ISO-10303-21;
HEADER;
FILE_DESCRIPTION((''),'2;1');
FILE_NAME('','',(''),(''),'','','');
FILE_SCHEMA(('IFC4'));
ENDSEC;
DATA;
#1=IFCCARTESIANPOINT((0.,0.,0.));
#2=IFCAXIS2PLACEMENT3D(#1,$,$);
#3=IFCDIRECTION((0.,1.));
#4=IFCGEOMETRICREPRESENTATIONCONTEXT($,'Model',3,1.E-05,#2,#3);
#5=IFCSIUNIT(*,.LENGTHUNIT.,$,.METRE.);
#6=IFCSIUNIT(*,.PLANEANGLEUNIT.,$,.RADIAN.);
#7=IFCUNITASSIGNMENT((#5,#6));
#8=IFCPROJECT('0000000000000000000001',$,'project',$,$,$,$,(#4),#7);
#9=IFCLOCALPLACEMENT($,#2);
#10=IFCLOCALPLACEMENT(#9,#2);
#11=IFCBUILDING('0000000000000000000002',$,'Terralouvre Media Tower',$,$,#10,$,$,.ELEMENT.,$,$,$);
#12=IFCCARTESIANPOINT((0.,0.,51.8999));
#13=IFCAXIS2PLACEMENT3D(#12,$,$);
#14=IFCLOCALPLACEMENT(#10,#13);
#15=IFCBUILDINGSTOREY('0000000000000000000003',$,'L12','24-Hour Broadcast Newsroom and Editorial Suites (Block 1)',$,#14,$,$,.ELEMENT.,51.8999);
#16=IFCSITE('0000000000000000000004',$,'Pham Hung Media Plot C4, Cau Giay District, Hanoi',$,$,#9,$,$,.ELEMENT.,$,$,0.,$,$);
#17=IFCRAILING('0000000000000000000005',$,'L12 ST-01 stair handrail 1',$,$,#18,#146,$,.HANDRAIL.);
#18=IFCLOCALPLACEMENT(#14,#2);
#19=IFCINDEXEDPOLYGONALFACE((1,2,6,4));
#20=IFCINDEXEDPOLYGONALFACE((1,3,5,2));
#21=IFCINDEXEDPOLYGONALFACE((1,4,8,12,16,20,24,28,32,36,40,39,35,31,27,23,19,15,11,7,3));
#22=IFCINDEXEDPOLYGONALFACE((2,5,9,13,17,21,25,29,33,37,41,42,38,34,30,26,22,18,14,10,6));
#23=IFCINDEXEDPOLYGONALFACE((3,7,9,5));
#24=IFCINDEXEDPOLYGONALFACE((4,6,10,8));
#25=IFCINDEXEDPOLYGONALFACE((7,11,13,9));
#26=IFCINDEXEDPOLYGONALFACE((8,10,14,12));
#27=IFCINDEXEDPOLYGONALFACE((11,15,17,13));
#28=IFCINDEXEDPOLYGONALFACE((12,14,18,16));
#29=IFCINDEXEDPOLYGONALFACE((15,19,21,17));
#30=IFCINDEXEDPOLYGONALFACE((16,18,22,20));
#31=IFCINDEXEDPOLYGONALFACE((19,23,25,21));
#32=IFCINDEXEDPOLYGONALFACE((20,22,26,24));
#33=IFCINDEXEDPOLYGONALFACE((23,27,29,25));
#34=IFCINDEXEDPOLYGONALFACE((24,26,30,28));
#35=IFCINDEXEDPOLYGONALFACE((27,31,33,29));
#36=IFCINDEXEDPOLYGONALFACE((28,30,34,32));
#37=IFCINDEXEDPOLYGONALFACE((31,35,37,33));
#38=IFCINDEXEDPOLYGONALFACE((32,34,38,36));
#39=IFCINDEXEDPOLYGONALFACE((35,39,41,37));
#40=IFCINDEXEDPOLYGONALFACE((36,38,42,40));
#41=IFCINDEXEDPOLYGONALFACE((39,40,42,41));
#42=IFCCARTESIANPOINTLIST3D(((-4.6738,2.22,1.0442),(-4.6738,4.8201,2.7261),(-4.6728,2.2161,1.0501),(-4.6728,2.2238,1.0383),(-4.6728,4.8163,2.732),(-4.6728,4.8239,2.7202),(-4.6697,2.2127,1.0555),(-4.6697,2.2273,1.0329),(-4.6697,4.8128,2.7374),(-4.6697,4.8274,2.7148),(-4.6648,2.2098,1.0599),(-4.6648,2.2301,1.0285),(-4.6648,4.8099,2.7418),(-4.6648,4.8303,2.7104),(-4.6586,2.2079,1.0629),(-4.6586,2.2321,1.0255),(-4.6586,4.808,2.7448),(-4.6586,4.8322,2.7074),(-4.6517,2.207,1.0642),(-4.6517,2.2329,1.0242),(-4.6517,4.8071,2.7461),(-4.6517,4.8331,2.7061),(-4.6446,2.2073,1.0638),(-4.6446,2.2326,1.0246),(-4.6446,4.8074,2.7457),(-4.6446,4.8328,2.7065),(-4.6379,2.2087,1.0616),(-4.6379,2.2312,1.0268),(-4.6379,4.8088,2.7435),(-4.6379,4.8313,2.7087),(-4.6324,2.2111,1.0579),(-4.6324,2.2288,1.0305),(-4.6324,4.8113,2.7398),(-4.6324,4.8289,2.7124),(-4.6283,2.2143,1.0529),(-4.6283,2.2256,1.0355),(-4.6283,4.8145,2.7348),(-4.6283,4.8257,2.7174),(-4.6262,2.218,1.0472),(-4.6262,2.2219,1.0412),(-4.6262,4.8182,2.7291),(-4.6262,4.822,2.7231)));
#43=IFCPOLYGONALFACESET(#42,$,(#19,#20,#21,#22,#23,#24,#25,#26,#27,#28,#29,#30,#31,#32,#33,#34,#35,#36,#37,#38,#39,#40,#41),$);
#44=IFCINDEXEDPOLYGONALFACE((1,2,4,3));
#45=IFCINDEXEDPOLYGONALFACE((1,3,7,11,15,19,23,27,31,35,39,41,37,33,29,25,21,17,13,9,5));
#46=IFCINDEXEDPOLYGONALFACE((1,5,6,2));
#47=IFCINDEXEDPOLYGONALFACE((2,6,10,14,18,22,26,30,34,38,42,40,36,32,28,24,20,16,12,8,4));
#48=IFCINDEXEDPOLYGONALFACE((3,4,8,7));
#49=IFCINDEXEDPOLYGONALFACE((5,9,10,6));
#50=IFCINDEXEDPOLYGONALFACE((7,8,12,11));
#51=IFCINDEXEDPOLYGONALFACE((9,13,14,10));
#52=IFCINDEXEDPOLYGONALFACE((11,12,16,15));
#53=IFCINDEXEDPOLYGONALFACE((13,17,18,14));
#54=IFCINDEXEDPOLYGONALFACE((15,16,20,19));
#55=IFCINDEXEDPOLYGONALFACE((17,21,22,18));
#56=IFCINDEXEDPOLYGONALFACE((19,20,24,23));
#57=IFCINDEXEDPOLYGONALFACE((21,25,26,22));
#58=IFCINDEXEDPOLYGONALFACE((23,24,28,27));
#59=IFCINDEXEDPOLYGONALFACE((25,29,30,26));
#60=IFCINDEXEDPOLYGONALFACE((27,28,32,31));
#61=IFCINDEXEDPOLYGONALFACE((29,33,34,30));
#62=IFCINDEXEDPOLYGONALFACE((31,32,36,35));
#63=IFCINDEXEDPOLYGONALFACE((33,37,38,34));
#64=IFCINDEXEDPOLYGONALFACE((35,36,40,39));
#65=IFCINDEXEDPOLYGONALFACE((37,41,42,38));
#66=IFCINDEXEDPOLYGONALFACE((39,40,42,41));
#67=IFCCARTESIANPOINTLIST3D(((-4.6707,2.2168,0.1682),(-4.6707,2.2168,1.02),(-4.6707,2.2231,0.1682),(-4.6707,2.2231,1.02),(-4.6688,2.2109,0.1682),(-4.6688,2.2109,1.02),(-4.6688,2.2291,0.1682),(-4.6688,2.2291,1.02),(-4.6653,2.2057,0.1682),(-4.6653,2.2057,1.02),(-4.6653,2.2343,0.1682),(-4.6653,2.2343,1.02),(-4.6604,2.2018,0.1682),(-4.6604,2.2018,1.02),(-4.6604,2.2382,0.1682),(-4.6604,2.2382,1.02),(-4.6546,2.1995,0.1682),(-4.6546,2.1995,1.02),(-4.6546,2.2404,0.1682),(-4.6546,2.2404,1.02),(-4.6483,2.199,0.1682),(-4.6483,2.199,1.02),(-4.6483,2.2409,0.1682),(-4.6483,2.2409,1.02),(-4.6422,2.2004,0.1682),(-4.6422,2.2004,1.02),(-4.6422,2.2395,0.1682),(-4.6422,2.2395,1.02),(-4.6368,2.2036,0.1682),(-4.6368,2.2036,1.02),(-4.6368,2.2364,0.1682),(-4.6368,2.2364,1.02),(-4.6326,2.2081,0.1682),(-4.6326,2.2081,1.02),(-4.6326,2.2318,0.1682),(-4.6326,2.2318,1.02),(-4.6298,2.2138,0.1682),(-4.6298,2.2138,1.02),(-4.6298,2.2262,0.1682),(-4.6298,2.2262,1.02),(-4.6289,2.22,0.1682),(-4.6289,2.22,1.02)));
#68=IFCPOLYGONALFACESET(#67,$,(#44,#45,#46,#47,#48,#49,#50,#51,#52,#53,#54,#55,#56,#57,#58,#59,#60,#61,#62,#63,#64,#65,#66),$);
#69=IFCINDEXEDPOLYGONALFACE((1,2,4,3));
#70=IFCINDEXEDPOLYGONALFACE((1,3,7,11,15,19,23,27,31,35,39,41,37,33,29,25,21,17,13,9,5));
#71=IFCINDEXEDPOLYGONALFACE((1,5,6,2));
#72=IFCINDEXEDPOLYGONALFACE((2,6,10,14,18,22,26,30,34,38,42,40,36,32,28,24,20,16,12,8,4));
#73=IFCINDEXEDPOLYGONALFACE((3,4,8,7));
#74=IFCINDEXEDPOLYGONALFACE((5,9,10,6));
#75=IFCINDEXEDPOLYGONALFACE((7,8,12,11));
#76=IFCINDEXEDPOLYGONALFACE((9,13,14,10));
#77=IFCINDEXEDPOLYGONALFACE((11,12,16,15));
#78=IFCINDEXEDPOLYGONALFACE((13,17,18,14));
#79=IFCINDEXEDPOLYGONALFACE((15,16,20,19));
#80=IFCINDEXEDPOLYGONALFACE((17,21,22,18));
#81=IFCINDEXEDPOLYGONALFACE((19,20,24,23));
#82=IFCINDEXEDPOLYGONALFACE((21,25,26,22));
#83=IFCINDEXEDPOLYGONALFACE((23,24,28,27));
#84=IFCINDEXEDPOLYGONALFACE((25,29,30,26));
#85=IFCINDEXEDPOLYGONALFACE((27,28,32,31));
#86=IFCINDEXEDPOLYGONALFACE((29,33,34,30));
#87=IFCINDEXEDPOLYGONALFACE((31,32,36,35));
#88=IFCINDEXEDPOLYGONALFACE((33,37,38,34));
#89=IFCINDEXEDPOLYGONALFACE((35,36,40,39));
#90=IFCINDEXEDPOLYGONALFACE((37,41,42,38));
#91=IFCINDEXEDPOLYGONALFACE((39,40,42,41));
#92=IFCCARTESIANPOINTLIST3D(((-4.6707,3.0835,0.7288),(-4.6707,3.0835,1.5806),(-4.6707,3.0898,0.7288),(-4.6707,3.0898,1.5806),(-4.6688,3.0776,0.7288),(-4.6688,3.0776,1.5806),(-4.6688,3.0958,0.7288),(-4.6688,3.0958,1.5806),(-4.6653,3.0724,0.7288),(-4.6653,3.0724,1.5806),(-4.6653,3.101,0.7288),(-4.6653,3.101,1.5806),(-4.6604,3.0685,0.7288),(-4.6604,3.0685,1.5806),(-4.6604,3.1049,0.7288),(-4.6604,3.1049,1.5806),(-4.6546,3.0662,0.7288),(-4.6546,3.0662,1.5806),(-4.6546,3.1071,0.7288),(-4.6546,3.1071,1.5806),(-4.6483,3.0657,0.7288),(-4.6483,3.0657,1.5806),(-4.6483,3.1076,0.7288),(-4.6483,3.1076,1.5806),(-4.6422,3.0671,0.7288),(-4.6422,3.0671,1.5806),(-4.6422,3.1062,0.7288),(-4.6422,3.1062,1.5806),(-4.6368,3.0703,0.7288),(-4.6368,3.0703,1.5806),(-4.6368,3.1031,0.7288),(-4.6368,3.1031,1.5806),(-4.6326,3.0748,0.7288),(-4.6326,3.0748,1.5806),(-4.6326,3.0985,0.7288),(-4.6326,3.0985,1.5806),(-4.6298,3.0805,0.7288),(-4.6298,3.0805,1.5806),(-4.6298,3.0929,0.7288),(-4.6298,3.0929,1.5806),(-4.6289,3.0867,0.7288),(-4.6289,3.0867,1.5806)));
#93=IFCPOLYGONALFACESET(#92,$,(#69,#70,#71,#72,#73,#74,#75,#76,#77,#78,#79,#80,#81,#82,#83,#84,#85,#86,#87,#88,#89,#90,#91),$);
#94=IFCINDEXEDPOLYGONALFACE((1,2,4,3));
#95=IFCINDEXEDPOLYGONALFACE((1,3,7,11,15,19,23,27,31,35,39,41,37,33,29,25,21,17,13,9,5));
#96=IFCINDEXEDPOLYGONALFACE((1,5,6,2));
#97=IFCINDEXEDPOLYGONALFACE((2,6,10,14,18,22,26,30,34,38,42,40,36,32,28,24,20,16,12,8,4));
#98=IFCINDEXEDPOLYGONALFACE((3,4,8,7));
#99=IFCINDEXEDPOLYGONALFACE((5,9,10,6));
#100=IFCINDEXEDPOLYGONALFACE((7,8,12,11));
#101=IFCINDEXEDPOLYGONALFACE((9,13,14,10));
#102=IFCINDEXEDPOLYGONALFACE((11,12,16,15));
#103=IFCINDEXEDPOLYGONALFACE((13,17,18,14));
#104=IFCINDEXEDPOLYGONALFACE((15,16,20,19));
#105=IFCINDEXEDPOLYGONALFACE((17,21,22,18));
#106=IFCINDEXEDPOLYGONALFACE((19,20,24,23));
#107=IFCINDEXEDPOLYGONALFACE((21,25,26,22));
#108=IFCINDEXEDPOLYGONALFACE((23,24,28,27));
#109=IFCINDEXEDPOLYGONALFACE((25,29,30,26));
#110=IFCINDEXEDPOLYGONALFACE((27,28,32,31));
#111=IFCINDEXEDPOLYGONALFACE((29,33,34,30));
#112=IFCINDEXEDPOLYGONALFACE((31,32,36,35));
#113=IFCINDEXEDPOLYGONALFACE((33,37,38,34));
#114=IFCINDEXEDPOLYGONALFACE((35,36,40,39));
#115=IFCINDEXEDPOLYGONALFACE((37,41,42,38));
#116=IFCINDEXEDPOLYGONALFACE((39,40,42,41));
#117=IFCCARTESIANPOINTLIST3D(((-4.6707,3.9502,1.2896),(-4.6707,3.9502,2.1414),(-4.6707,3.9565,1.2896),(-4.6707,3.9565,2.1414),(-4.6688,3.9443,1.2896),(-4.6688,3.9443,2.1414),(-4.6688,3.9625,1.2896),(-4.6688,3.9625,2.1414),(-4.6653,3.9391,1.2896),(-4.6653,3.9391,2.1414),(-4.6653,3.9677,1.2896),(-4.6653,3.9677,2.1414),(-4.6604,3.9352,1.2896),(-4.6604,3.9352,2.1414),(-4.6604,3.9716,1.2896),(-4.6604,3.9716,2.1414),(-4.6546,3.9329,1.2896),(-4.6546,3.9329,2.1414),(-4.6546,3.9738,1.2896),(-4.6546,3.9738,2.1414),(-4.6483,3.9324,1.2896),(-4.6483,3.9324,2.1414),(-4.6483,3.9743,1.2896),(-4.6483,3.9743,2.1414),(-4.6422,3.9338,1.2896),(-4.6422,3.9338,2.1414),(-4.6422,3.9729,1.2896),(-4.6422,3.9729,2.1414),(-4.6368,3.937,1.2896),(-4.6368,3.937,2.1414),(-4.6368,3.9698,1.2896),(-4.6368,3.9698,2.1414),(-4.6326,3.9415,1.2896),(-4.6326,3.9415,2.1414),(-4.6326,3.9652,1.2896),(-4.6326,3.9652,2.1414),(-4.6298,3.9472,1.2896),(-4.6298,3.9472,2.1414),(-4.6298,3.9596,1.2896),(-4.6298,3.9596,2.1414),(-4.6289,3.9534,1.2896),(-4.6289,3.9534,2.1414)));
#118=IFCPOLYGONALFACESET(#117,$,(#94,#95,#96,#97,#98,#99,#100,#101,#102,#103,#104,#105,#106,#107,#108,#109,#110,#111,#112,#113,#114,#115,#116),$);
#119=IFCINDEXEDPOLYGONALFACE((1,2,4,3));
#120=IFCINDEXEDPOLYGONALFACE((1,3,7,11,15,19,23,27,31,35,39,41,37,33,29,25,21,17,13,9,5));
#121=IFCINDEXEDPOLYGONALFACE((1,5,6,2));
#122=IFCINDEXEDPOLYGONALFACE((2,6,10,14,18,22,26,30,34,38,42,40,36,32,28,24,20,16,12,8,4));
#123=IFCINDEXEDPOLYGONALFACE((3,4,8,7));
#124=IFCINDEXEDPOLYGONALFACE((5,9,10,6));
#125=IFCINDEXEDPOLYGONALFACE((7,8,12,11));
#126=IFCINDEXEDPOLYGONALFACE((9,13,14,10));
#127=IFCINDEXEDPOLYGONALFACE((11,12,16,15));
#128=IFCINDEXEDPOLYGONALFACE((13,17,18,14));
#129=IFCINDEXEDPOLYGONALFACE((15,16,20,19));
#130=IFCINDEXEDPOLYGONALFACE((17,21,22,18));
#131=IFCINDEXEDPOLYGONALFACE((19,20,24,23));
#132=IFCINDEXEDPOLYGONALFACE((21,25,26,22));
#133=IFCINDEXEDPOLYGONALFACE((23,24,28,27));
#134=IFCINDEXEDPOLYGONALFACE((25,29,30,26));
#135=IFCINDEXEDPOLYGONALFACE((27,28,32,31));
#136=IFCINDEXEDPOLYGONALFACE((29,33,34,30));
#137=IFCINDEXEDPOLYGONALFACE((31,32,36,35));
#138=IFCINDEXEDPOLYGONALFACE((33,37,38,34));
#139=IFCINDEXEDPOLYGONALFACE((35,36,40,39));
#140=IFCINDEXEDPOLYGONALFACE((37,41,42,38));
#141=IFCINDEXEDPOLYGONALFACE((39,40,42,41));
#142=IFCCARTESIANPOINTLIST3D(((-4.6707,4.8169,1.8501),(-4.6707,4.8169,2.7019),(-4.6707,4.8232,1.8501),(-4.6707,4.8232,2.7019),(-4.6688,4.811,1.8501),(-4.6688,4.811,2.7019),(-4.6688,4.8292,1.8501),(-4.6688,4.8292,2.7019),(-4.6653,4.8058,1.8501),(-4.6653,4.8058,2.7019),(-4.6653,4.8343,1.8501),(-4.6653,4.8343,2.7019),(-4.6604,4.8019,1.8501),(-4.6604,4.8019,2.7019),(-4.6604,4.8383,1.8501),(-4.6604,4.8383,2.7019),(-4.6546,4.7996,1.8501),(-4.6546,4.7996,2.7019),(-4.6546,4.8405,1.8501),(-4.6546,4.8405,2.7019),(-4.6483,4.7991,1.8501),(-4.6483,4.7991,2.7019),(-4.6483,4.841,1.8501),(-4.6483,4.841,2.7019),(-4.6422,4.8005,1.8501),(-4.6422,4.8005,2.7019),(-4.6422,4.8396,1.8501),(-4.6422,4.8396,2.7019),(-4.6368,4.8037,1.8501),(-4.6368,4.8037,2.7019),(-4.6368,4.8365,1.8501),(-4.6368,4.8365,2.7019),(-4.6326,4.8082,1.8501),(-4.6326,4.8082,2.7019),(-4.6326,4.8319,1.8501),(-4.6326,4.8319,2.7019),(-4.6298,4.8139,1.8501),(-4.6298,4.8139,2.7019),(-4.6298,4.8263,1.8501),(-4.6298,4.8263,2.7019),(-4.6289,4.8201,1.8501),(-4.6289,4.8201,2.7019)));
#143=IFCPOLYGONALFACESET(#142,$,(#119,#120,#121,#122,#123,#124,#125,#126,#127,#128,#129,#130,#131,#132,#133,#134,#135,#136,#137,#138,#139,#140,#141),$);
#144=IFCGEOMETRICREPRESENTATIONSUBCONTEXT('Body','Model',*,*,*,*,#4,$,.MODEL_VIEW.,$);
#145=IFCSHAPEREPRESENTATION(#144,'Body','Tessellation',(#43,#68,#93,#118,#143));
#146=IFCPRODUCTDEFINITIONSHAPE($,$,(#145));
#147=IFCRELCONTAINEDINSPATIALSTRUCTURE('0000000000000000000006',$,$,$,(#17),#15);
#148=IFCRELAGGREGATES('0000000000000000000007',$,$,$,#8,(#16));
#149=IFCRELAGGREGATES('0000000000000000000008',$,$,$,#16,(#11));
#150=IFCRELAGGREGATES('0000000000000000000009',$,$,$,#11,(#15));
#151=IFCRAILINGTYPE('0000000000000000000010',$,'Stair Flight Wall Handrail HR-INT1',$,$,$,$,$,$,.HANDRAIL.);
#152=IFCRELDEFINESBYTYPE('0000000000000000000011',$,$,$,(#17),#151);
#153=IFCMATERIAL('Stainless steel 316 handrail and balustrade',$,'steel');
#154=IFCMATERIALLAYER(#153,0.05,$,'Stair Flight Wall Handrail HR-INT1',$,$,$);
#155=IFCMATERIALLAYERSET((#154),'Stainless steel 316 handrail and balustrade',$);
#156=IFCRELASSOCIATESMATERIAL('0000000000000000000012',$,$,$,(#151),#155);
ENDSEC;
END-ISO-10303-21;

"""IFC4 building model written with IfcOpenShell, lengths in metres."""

from ifc_helpers import new_model, si_unit, direction, frame, origin, origin_2d, place, context, subcontext, project, spatial, circle, extrude, material, layer, layer_set, type_object, element, save


model = new_model("IFC4")

# Units and contexts
model_context = context("Model", 3, precision=1e-05, world=origin(), true_north=direction((0.0, 1.0)))
body_context = subcontext(model_context, "Body", "Model", "MODEL_VIEW")
ifc_project = project(units=[si_unit("LENGTHUNIT", "METRE"), si_unit("PLANEANGLEUNIT", "RADIAN")], contexts=[model_context])

# Site, building, storey
site_placement = place(None, origin())
site = spatial("IfcSite", under=ifc_project, at=site_placement, Name="Pham Hung Media Plot C4, Cau Giay District, Hanoi", CompositionType="ELEMENT", RefElevation=0.0)
building_placement = place(site_placement, origin())
building = spatial("IfcBuilding", under=site, at=building_placement, Name="Terralouvre Media Tower", CompositionType="ELEMENT")
storey_placement = place(building_placement, frame((0.0, 0.0, 51.8999)))
storey = spatial("IfcBuildingStorey", under=building, at=storey_placement, Name="L12", Description="24-Hour Broadcast Newsroom and Editorial Suites (Block 1)", CompositionType="ELEMENT", Elevation=51.8999)

# Railing
ifc_material_1 = material(Name="Stainless steel 316 handrail and balustrade", Category="steel")
ifc_layer_1 = layer(ifc_material_1, 0.05, Name="Stair Flight Wall Handrail HR-INT1")
ifc_layer_set_1 = layer_set([ifc_layer_1], Name="Stainless steel 316 handrail and balustrade")
railing_type_1 = type_object("IfcRailingType", Name="Stair Flight Wall Handrail HR-INT1", PredefinedType="HANDRAIL", material=ifc_layer_set_1)
railing_1_placement = place(storey_placement, frame((-4.6499, 2.22, 0.1682)))
element("IfcRailing", 1, at=railing_1_placement, inside=storey, type_object=railing_type_1, Name="L12 ST-01 stair handrail 1", PredefinedType="HANDRAIL", context=body_context, shape_type="SweptSolid", body=[
    extrude(circle(Radius=0.0239, at=origin_2d()), frame((0.0, 0.0, 0.876), z_axis=(0.0, 0.839648, 0.54313), x_axis=(-1.0, 0.0, 0.0)), (0.0, 0.0, 1.0), 3.0967),
    extrude(circle(Radius=0.021, at=origin_2d()), origin(), (0.0, 0.0, 1.0), 0.8518),
    extrude(circle(Radius=0.021, at=origin_2d()), frame((0.0, 0.8667, 0.5605)), (0.0, 0.0, 1.0), 0.8518),
    extrude(circle(Radius=0.021, at=origin_2d()), frame((0.0, 1.7334, 1.1213)), (0.0, 0.0, 1.0), 0.8518),
    extrude(circle(Radius=0.021, at=origin_2d()), frame((0.0, 2.6001, 1.6819)), (0.0, 0.0, 1.0), 0.8518),
])

save(model, "model.ifc")
